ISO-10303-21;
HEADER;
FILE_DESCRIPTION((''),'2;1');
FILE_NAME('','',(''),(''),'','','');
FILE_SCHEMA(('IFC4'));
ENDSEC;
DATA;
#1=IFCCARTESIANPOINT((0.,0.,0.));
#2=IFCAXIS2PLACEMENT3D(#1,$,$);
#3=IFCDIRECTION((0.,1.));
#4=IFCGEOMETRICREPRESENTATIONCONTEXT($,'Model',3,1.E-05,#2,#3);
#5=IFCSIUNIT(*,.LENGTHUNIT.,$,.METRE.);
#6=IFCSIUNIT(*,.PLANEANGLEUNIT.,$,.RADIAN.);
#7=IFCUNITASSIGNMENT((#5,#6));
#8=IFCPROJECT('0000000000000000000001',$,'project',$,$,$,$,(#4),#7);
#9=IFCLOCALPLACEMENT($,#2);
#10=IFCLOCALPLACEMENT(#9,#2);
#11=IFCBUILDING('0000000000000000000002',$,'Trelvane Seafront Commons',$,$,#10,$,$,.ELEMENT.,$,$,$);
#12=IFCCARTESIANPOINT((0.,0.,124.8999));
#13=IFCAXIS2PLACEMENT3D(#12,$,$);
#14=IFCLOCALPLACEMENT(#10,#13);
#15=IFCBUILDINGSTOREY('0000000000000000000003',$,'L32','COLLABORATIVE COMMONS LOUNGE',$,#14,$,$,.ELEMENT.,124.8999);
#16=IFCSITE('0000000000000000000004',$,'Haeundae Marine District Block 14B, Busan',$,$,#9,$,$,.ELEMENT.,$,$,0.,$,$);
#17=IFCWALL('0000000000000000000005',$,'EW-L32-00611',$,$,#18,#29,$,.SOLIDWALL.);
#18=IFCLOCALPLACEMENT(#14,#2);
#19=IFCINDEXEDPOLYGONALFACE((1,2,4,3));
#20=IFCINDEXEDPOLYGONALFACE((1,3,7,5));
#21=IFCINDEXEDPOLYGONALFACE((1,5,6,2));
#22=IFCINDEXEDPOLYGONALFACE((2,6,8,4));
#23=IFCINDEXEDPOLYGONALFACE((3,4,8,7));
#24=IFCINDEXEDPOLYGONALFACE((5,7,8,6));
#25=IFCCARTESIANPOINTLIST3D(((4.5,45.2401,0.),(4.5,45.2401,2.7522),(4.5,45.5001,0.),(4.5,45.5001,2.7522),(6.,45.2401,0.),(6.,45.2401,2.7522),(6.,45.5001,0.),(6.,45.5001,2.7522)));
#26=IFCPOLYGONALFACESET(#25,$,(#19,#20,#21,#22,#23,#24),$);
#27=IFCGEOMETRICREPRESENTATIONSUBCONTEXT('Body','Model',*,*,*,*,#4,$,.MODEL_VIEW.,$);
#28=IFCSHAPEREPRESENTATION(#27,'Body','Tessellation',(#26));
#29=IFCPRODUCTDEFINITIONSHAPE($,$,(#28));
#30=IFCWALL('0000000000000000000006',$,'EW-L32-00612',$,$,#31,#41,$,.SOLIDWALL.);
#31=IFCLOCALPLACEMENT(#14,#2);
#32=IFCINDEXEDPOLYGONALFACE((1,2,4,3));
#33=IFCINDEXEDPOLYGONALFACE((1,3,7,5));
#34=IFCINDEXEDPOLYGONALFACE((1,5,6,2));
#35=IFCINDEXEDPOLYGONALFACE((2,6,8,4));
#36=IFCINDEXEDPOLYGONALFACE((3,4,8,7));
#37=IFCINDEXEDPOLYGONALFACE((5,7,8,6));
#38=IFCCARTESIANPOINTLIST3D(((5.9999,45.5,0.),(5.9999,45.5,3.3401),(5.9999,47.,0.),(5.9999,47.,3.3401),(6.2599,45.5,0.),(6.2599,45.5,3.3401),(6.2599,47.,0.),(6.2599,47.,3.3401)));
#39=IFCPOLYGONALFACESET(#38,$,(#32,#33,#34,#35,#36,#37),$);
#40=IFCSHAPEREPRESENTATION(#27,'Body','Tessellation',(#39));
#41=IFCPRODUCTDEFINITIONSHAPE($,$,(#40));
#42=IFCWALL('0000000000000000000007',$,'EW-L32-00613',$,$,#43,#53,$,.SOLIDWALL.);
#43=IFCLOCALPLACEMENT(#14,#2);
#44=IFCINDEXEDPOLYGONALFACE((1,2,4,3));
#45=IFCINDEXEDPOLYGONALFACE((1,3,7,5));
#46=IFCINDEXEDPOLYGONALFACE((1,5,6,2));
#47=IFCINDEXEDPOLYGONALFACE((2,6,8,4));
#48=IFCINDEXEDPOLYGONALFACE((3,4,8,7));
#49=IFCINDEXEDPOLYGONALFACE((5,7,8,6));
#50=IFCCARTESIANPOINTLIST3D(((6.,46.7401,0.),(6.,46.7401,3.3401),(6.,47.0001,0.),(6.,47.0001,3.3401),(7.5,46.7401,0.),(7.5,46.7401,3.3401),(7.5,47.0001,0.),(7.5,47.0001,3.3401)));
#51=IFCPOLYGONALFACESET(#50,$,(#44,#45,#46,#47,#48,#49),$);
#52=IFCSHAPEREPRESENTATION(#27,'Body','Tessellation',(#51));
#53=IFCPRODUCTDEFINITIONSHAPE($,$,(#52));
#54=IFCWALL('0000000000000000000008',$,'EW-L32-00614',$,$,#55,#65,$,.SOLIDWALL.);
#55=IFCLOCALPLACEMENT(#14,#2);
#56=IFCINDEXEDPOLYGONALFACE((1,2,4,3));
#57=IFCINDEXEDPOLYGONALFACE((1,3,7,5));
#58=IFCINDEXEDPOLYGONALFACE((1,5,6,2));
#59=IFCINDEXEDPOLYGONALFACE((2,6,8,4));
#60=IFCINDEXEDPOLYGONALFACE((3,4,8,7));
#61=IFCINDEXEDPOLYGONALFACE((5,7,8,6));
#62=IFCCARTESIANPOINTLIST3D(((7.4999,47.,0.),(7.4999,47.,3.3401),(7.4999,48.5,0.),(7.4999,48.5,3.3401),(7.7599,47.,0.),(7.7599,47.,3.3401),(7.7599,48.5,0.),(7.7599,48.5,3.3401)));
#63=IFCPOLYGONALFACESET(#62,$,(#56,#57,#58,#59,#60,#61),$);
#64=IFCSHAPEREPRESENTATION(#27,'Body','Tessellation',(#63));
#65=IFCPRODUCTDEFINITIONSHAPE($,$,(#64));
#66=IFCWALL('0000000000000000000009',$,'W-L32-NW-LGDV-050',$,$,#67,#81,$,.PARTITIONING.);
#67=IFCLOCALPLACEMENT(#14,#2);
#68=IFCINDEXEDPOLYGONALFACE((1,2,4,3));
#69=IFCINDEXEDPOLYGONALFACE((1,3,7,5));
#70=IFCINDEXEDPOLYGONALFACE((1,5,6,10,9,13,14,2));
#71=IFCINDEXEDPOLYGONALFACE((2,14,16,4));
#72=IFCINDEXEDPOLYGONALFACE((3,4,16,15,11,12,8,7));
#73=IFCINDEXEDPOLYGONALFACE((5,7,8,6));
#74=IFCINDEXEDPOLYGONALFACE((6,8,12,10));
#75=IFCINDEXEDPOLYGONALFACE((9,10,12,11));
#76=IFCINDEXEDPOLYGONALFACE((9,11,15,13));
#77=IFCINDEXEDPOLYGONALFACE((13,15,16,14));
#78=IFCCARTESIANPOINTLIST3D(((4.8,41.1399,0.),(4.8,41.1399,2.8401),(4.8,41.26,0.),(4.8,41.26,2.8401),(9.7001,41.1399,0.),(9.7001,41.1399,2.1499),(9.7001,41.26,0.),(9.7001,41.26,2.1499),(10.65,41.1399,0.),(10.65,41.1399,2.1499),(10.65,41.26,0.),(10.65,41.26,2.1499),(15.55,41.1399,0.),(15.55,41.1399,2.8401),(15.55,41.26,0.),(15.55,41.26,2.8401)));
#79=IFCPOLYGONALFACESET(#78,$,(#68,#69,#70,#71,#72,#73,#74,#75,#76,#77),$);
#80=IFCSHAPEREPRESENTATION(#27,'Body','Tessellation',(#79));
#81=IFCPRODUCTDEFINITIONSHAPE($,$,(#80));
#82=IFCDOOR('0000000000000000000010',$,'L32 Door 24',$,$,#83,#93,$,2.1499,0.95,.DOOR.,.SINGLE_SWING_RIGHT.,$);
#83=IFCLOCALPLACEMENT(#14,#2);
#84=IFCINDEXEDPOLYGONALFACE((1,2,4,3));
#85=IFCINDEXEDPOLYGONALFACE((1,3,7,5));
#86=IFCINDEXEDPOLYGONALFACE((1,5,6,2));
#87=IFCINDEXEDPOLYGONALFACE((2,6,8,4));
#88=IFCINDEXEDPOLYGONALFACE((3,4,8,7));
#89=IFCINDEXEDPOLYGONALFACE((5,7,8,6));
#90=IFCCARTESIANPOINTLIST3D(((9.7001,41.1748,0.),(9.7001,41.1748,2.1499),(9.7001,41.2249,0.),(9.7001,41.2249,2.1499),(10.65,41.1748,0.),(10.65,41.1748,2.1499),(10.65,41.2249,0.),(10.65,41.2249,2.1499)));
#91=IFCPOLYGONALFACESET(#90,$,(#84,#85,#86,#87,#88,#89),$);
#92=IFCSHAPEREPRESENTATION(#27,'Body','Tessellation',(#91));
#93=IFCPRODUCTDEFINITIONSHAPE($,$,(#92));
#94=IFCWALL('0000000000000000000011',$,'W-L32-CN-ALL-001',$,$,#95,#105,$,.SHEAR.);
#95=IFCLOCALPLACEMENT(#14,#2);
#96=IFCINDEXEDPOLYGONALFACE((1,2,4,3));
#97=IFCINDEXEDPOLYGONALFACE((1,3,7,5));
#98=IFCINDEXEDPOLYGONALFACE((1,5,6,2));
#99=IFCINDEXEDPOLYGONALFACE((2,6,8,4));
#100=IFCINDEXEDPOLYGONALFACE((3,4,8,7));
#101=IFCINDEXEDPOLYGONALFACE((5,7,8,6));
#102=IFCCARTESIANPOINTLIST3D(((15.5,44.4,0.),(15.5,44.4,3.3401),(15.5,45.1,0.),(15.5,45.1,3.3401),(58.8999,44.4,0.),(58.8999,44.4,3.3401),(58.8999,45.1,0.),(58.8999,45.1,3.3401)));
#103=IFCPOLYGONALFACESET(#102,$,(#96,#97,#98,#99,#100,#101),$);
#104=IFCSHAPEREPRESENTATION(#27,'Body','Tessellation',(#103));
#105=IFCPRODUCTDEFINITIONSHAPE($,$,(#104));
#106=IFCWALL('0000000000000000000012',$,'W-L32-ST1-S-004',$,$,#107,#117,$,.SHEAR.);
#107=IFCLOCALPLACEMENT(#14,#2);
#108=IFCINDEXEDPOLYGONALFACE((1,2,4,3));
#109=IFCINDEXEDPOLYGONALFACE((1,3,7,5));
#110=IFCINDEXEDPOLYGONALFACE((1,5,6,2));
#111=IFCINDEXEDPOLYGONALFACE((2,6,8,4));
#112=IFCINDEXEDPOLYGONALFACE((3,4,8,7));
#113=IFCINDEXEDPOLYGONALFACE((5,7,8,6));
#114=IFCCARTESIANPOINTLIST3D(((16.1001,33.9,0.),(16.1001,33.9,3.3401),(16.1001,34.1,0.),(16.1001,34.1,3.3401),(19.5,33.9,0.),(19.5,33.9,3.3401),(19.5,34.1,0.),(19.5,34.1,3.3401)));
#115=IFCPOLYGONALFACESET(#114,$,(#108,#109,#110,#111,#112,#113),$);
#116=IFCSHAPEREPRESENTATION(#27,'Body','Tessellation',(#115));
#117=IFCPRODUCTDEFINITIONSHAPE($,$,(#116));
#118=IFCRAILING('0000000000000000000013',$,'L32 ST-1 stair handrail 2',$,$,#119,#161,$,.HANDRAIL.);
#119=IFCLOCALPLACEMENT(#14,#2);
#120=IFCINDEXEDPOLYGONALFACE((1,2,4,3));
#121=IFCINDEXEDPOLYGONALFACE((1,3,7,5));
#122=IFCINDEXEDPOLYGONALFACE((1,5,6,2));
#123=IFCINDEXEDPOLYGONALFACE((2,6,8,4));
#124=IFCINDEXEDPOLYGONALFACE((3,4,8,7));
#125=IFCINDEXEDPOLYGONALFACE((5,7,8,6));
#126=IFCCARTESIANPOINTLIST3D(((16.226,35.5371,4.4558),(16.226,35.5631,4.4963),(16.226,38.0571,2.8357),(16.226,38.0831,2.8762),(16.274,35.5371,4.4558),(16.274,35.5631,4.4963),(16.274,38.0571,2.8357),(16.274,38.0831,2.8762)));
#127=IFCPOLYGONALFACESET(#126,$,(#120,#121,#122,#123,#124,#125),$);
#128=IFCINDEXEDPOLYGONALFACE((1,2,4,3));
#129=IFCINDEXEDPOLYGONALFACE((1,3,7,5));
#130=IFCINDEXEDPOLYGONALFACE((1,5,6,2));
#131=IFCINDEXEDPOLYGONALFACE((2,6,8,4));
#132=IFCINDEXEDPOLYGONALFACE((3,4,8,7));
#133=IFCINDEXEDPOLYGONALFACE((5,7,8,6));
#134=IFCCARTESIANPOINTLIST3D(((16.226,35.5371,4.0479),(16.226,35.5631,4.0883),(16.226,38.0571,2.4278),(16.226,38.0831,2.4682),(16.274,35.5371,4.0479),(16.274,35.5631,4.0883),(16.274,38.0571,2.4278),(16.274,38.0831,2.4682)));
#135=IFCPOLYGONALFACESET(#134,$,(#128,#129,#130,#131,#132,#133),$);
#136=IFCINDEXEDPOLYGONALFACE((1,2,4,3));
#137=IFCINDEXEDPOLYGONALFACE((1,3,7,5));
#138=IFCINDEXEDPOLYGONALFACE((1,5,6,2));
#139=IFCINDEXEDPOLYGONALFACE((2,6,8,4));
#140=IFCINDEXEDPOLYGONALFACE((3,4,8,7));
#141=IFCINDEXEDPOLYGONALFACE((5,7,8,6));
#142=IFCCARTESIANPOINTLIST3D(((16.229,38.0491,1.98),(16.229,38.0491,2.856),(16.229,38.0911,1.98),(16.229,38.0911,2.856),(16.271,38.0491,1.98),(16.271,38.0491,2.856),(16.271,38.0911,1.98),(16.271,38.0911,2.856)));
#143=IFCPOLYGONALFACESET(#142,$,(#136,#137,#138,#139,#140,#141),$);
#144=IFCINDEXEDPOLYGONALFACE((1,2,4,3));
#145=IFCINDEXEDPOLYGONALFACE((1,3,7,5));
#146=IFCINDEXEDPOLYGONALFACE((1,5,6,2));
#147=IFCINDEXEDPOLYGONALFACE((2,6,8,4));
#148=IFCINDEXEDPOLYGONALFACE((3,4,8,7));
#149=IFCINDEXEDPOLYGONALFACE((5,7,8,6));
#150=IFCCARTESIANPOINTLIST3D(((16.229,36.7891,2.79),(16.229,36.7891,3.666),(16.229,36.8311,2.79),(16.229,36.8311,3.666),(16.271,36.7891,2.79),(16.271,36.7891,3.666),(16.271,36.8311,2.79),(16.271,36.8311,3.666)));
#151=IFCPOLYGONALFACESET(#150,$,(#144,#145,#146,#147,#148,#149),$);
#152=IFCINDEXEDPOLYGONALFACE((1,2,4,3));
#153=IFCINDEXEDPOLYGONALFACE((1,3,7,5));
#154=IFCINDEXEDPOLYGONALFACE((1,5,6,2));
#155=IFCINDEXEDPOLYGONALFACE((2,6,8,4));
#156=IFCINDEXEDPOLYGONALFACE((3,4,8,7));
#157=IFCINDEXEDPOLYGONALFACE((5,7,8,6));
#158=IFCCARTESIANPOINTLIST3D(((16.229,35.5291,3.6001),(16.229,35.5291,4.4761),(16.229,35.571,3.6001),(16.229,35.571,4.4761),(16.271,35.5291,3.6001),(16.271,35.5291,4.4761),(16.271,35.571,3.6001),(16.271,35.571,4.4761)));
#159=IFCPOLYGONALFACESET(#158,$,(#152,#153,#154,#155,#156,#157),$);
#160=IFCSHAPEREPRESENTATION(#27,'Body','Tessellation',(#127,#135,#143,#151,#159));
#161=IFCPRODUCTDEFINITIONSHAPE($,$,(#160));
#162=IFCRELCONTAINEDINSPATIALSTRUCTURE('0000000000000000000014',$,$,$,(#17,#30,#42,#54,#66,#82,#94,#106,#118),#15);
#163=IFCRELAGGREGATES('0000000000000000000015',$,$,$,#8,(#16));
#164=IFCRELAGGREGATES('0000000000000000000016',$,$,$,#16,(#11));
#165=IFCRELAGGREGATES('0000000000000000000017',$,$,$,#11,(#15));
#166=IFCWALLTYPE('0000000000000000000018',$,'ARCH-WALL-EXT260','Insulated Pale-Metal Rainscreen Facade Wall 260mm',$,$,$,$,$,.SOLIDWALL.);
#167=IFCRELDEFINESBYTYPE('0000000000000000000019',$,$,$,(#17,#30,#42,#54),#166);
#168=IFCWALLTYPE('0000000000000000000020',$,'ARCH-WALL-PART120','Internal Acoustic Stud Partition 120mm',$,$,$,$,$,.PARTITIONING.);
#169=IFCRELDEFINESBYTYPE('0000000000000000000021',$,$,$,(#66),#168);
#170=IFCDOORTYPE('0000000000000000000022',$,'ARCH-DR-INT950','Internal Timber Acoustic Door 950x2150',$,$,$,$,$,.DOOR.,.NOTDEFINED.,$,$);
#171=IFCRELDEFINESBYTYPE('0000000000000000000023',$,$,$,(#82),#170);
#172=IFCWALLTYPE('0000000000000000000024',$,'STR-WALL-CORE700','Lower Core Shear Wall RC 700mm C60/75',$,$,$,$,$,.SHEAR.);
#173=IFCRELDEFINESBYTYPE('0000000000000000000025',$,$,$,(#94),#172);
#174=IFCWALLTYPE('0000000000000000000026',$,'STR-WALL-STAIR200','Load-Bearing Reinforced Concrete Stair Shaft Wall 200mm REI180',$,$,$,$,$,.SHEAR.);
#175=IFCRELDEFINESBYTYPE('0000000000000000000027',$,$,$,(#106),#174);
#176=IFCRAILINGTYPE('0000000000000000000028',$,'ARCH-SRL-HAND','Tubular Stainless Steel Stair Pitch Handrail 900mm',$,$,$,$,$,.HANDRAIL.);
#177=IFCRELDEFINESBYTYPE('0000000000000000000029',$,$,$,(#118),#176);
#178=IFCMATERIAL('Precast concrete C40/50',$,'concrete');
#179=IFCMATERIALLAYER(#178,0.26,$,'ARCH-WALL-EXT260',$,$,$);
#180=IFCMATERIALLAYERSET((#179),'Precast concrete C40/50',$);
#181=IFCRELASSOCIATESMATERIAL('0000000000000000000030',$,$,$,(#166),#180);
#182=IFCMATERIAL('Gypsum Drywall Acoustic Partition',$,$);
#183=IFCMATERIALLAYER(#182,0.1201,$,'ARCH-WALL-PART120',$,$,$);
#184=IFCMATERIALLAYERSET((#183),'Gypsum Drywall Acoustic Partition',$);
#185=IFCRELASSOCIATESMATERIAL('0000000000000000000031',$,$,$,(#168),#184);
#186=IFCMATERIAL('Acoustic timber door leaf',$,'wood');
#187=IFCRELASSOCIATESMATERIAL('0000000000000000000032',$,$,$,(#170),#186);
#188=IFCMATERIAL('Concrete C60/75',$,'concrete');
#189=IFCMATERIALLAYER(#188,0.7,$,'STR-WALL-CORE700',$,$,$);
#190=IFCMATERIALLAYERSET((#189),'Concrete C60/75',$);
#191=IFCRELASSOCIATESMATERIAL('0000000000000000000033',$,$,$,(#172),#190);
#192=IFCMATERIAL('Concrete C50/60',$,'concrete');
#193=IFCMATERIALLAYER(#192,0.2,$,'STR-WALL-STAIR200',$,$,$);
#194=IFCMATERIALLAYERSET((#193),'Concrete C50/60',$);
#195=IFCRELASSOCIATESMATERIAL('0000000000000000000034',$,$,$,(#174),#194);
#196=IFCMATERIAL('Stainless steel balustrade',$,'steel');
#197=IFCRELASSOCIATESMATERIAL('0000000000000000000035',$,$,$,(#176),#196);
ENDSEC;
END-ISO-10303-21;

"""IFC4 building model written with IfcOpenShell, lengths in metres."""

from ifc_helpers import new_model, si_unit, direction, frame, frame_2d, origin, origin_2d, place, context, subcontext, project, spatial, rectangle, extrude, source, transform, mapped, material, layer, layer_set, type_object, element, fill, save


model = new_model("IFC4")

# Units and contexts
model_context = context("Model", 3, precision=1e-05, world=origin(), true_north=direction((0.0, 1.0)))
body_context = subcontext(model_context, "Body", "Model", "MODEL_VIEW")
ifc_project = project(units=[si_unit("LENGTHUNIT", "METRE"), si_unit("PLANEANGLEUNIT", "RADIAN")], contexts=[model_context])

# Site, building, storey
site_placement = place(None, origin())
site = spatial("IfcSite", under=ifc_project, at=site_placement, Name="Haeundae Marine District Block 14B, Busan", CompositionType="ELEMENT", RefElevation=0.0)
building_placement = place(site_placement, origin())
building = spatial("IfcBuilding", under=site, at=building_placement, Name="Trelvane Seafront Commons", CompositionType="ELEMENT")
storey_placement = place(building_placement, frame((0.0, 0.0, 124.8999)))
storey = spatial("IfcBuildingStorey", under=building, at=storey_placement, Name="L32", Description="COLLABORATIVE COMMONS LOUNGE", CompositionType="ELEMENT", Elevation=124.8999)

# Shared definitions
ifc_material_1 = material(Name="Concrete C60/75", Category="concrete")

# Shared definitions
ifc_material_2 = material(Name="Precast concrete C40/50", Category="concrete")
ifc_layer_1 = layer(ifc_material_2, 0.26, Name="ARCH-WALL-EXT260")
ifc_layer_set_1 = layer_set([ifc_layer_1], Name="Precast concrete C40/50")
wall_type_1 = type_object("IfcWallType", Name="ARCH-WALL-EXT260", Description="Insulated Pale-Metal Rainscreen Facade Wall 260mm", PredefinedType="SOLIDWALL", material=ifc_layer_set_1)

# Walls
wall_1_placement = place(storey_placement, frame((4.5, 45.3701, 0.0), z_axis=(0.0, 0.0, 1.0), x_axis=(1.0, 0.0, 0.0)))
element("IfcWall", 1, at=wall_1_placement, inside=storey, type_object=wall_type_1, Name="EW-L32-00611", PredefinedType="SOLIDWALL", context=body_context, shape_type="SweptSolid", body=[
    extrude(rectangle(XDim=1.5, YDim=0.26, at=frame_2d((0.75, 0.0))), origin(), (0.0, 0.0, 1.0), 2.7522),
])
for number, where, z_axis, x_axis, name in (
    (2, (6.1299, 45.5, 0.0), (0.0, 0.0, 1.0), (0.0, 1.0, 0.0), "EW-L32-00612"),
    (3, (6.0, 46.8701, 0.0), (0.0, 0.0, 1.0), (1.0, 0.0, 0.0), "EW-L32-00613"),
    (4, (7.6299, 47.0, 0.0), (0.0, 0.0, 1.0), (0.0, 1.0, 0.0), "EW-L32-00614"),
):
    element("IfcWall", number, at=place(storey_placement, frame(where, z_axis=z_axis, x_axis=x_axis)), inside=storey, type_object=wall_type_1, Name=name, PredefinedType="SOLIDWALL", context=body_context, shape_type="SweptSolid", body=[
        extrude(rectangle(XDim=1.5, YDim=0.26, at=frame_2d((0.75, 0.0))), origin(), (0.0, 0.0, 1.0), 3.3401),
    ])

# Wall, opening, door
ifc_material_3 = material(Name="Gypsum Drywall Acoustic Partition")
ifc_layer_2 = layer(ifc_material_3, 0.1201, Name="ARCH-WALL-PART120")
ifc_layer_set_2 = layer_set([ifc_layer_2], Name="Gypsum Drywall Acoustic Partition")
wall_type_2 = type_object("IfcWallType", Name="ARCH-WALL-PART120", Description="Internal Acoustic Stud Partition 120mm", PredefinedType="PARTITIONING", material=ifc_layer_set_2)
wall_2_placement = place(storey_placement, frame((4.8, 41.2, 0.0), z_axis=(0.0, 0.0, 1.0), x_axis=(1.0, 0.0, 0.0)))
wall_2 = element("IfcWall", 5, at=wall_2_placement, inside=storey, type_object=wall_type_2, Name="W-L32-NW-LGDV-050", PredefinedType="PARTITIONING", context=body_context, shape_type="SweptSolid", body=[
    extrude(rectangle(XDim=10.75, YDim=0.1201, at=frame_2d((5.375, 0.0))), origin(), (0.0, 0.0, 1.0), 2.8401),
])
opening_1_placement = place(wall_2_placement, frame((4.8999, 0.0, 0.0)))
opening_1 = element("IfcOpeningElement", 6, at=opening_1_placement, cuts=wall_2, PredefinedType="OPENING", context=body_context, shape_type="SweptSolid", body=[
    extrude(rectangle(XDim=0.95, YDim=2.1499, at=frame_2d((0.4751, 1.075))), frame((0.0, 0.0701, 0.0), z_axis=(0.0, -1.0, 0.0), x_axis=(1.0, 0.0, 0.0)), (0.0, 0.0, 1.0), 0.1401),
])
ifc_material_4 = material(Name="Acoustic timber door leaf", Category="wood")
door_type_1 = type_object("IfcDoorType", Name="ARCH-DR-INT950", Description="Internal Timber Acoustic Door 950x2150", OperationType="NOTDEFINED", PredefinedType="DOOR", material=ifc_material_4)
shared_shape_1 = source(origin(), body_context, "Body", "SweptSolid", [
    extrude(rectangle(XDim=0.95, YDim=2.1499, at=frame_2d((0.4751, 1.075))), frame((0.0, 0.0249, 0.0), z_axis=(0.0, -1.0, 0.0), x_axis=(1.0, 0.0, 0.0)), (0.0, 0.0, 1.0), 0.05),
])
door_1_placement = place(opening_1_placement, origin())
door_1 = element("IfcDoor", 7, at=door_1_placement, inside=storey, type_object=door_type_1, Name="L32 Door 24", OperationType="SINGLE_SWING_RIGHT", OverallHeight=2.1499, OverallWidth=0.95, PredefinedType="DOOR", context=body_context, shape_type="MappedRepresentation", body=[
    mapped(shared_shape_1, transform((0.0, 0.0, 0.0), x_axis=(1.0, 0.0, 0.0), y_axis=(0.0, 1.0, 0.0), z_axis=(0.0, 0.0, 1.0), scale=1.0)),
])
fill(opening_1, door_1)

# Walls
ifc_layer_3 = layer(ifc_material_1, 0.7, Name="STR-WALL-CORE700")
ifc_layer_set_3 = layer_set([ifc_layer_3], Name="Concrete C60/75")
wall_type_3 = type_object("IfcWallType", Name="STR-WALL-CORE700", Description="Lower Core Shear Wall RC 700mm C60/75", PredefinedType="SHEAR", material=ifc_layer_set_3)
wall_3_placement = place(storey_placement, frame((15.5, 44.75, 0.0), z_axis=(0.0, 0.0, 1.0), x_axis=(1.0, 0.0, 0.0)))
element("IfcWall", 8, at=wall_3_placement, inside=storey, type_object=wall_type_3, Name="W-L32-CN-ALL-001", PredefinedType="SHEAR", context=body_context, shape_type="SweptSolid", body=[
    extrude(rectangle(XDim=43.3999, YDim=0.7, at=frame_2d((21.7, 0.0))), origin(), (0.0, 0.0, 1.0), 3.3401),
])
ifc_material_5 = material(Name="Concrete C50/60", Category="concrete")
ifc_layer_4 = layer(ifc_material_5, 0.2, Name="STR-WALL-STAIR200")
ifc_layer_set_4 = layer_set([ifc_layer_4], Name="Concrete C50/60")
wall_type_4 = type_object("IfcWallType", Name="STR-WALL-STAIR200", Description="Load-Bearing Reinforced Concrete Stair Shaft Wall 200mm REI180", PredefinedType="SHEAR", material=ifc_layer_set_4)
wall_4_placement = place(storey_placement, frame((16.1001, 34.0, 0.0), z_axis=(0.0, 0.0, 1.0), x_axis=(1.0, 0.0, 0.0)))
element("IfcWall", 9, at=wall_4_placement, inside=storey, type_object=wall_type_4, Name="W-L32-ST1-S-004", PredefinedType="SHEAR", context=body_context, shape_type="SweptSolid", body=[
    extrude(rectangle(XDim=3.3999, YDim=0.2, at=frame_2d((1.7, 0.0))), origin(), (0.0, 0.0, 1.0), 3.3401),
])

# Railing
ifc_material_6 = material(Name="Stainless steel balustrade", Category="steel")
railing_type = type_object("IfcRailingType", Name="ARCH-SRL-HAND", Description="Tubular Stainless Steel Stair Pitch Handrail 900mm", PredefinedType="HANDRAIL", material=ifc_material_6)
railing_placement = place(storey_placement, frame((16.25, 38.0701, 1.98)))
element("IfcRailing", 10, at=railing_placement, inside=storey, type_object=railing_type, Name="L32 ST-1 stair handrail 2", PredefinedType="HANDRAIL", context=body_context, shape_type="SweptSolid", body=[
    extrude(rectangle(XDim=0.0481, YDim=0.0481, at=origin_2d()), frame((0.0, 0.0, 0.876), z_axis=(0.0, -0.841163, 0.540782), x_axis=(1.0, 0.0, 0.0)), (0.0, 0.0, 1.0), 2.9958),
    extrude(rectangle(XDim=0.0481, YDim=0.0481, at=origin_2d()), frame((0.0, 0.0, 0.468), z_axis=(0.0, -0.841163, 0.540782), x_axis=(1.0, 0.0, 0.0)), (0.0, 0.0, 1.0), 2.9958),
    extrude(rectangle(XDim=0.042, YDim=0.042, at=origin_2d()), origin(), (0.0, 0.0, 1.0), 0.876),
    extrude(rectangle(XDim=0.042, YDim=0.042, at=origin_2d()), frame((0.0, -1.26, 0.8101)), (0.0, 0.0, 1.0), 0.876),
    extrude(rectangle(XDim=0.042, YDim=0.042, at=origin_2d()), frame((0.0, -2.52, 1.6201)), (0.0, 0.0, 1.0), 0.876),
])

save(model, "model.ifc")
